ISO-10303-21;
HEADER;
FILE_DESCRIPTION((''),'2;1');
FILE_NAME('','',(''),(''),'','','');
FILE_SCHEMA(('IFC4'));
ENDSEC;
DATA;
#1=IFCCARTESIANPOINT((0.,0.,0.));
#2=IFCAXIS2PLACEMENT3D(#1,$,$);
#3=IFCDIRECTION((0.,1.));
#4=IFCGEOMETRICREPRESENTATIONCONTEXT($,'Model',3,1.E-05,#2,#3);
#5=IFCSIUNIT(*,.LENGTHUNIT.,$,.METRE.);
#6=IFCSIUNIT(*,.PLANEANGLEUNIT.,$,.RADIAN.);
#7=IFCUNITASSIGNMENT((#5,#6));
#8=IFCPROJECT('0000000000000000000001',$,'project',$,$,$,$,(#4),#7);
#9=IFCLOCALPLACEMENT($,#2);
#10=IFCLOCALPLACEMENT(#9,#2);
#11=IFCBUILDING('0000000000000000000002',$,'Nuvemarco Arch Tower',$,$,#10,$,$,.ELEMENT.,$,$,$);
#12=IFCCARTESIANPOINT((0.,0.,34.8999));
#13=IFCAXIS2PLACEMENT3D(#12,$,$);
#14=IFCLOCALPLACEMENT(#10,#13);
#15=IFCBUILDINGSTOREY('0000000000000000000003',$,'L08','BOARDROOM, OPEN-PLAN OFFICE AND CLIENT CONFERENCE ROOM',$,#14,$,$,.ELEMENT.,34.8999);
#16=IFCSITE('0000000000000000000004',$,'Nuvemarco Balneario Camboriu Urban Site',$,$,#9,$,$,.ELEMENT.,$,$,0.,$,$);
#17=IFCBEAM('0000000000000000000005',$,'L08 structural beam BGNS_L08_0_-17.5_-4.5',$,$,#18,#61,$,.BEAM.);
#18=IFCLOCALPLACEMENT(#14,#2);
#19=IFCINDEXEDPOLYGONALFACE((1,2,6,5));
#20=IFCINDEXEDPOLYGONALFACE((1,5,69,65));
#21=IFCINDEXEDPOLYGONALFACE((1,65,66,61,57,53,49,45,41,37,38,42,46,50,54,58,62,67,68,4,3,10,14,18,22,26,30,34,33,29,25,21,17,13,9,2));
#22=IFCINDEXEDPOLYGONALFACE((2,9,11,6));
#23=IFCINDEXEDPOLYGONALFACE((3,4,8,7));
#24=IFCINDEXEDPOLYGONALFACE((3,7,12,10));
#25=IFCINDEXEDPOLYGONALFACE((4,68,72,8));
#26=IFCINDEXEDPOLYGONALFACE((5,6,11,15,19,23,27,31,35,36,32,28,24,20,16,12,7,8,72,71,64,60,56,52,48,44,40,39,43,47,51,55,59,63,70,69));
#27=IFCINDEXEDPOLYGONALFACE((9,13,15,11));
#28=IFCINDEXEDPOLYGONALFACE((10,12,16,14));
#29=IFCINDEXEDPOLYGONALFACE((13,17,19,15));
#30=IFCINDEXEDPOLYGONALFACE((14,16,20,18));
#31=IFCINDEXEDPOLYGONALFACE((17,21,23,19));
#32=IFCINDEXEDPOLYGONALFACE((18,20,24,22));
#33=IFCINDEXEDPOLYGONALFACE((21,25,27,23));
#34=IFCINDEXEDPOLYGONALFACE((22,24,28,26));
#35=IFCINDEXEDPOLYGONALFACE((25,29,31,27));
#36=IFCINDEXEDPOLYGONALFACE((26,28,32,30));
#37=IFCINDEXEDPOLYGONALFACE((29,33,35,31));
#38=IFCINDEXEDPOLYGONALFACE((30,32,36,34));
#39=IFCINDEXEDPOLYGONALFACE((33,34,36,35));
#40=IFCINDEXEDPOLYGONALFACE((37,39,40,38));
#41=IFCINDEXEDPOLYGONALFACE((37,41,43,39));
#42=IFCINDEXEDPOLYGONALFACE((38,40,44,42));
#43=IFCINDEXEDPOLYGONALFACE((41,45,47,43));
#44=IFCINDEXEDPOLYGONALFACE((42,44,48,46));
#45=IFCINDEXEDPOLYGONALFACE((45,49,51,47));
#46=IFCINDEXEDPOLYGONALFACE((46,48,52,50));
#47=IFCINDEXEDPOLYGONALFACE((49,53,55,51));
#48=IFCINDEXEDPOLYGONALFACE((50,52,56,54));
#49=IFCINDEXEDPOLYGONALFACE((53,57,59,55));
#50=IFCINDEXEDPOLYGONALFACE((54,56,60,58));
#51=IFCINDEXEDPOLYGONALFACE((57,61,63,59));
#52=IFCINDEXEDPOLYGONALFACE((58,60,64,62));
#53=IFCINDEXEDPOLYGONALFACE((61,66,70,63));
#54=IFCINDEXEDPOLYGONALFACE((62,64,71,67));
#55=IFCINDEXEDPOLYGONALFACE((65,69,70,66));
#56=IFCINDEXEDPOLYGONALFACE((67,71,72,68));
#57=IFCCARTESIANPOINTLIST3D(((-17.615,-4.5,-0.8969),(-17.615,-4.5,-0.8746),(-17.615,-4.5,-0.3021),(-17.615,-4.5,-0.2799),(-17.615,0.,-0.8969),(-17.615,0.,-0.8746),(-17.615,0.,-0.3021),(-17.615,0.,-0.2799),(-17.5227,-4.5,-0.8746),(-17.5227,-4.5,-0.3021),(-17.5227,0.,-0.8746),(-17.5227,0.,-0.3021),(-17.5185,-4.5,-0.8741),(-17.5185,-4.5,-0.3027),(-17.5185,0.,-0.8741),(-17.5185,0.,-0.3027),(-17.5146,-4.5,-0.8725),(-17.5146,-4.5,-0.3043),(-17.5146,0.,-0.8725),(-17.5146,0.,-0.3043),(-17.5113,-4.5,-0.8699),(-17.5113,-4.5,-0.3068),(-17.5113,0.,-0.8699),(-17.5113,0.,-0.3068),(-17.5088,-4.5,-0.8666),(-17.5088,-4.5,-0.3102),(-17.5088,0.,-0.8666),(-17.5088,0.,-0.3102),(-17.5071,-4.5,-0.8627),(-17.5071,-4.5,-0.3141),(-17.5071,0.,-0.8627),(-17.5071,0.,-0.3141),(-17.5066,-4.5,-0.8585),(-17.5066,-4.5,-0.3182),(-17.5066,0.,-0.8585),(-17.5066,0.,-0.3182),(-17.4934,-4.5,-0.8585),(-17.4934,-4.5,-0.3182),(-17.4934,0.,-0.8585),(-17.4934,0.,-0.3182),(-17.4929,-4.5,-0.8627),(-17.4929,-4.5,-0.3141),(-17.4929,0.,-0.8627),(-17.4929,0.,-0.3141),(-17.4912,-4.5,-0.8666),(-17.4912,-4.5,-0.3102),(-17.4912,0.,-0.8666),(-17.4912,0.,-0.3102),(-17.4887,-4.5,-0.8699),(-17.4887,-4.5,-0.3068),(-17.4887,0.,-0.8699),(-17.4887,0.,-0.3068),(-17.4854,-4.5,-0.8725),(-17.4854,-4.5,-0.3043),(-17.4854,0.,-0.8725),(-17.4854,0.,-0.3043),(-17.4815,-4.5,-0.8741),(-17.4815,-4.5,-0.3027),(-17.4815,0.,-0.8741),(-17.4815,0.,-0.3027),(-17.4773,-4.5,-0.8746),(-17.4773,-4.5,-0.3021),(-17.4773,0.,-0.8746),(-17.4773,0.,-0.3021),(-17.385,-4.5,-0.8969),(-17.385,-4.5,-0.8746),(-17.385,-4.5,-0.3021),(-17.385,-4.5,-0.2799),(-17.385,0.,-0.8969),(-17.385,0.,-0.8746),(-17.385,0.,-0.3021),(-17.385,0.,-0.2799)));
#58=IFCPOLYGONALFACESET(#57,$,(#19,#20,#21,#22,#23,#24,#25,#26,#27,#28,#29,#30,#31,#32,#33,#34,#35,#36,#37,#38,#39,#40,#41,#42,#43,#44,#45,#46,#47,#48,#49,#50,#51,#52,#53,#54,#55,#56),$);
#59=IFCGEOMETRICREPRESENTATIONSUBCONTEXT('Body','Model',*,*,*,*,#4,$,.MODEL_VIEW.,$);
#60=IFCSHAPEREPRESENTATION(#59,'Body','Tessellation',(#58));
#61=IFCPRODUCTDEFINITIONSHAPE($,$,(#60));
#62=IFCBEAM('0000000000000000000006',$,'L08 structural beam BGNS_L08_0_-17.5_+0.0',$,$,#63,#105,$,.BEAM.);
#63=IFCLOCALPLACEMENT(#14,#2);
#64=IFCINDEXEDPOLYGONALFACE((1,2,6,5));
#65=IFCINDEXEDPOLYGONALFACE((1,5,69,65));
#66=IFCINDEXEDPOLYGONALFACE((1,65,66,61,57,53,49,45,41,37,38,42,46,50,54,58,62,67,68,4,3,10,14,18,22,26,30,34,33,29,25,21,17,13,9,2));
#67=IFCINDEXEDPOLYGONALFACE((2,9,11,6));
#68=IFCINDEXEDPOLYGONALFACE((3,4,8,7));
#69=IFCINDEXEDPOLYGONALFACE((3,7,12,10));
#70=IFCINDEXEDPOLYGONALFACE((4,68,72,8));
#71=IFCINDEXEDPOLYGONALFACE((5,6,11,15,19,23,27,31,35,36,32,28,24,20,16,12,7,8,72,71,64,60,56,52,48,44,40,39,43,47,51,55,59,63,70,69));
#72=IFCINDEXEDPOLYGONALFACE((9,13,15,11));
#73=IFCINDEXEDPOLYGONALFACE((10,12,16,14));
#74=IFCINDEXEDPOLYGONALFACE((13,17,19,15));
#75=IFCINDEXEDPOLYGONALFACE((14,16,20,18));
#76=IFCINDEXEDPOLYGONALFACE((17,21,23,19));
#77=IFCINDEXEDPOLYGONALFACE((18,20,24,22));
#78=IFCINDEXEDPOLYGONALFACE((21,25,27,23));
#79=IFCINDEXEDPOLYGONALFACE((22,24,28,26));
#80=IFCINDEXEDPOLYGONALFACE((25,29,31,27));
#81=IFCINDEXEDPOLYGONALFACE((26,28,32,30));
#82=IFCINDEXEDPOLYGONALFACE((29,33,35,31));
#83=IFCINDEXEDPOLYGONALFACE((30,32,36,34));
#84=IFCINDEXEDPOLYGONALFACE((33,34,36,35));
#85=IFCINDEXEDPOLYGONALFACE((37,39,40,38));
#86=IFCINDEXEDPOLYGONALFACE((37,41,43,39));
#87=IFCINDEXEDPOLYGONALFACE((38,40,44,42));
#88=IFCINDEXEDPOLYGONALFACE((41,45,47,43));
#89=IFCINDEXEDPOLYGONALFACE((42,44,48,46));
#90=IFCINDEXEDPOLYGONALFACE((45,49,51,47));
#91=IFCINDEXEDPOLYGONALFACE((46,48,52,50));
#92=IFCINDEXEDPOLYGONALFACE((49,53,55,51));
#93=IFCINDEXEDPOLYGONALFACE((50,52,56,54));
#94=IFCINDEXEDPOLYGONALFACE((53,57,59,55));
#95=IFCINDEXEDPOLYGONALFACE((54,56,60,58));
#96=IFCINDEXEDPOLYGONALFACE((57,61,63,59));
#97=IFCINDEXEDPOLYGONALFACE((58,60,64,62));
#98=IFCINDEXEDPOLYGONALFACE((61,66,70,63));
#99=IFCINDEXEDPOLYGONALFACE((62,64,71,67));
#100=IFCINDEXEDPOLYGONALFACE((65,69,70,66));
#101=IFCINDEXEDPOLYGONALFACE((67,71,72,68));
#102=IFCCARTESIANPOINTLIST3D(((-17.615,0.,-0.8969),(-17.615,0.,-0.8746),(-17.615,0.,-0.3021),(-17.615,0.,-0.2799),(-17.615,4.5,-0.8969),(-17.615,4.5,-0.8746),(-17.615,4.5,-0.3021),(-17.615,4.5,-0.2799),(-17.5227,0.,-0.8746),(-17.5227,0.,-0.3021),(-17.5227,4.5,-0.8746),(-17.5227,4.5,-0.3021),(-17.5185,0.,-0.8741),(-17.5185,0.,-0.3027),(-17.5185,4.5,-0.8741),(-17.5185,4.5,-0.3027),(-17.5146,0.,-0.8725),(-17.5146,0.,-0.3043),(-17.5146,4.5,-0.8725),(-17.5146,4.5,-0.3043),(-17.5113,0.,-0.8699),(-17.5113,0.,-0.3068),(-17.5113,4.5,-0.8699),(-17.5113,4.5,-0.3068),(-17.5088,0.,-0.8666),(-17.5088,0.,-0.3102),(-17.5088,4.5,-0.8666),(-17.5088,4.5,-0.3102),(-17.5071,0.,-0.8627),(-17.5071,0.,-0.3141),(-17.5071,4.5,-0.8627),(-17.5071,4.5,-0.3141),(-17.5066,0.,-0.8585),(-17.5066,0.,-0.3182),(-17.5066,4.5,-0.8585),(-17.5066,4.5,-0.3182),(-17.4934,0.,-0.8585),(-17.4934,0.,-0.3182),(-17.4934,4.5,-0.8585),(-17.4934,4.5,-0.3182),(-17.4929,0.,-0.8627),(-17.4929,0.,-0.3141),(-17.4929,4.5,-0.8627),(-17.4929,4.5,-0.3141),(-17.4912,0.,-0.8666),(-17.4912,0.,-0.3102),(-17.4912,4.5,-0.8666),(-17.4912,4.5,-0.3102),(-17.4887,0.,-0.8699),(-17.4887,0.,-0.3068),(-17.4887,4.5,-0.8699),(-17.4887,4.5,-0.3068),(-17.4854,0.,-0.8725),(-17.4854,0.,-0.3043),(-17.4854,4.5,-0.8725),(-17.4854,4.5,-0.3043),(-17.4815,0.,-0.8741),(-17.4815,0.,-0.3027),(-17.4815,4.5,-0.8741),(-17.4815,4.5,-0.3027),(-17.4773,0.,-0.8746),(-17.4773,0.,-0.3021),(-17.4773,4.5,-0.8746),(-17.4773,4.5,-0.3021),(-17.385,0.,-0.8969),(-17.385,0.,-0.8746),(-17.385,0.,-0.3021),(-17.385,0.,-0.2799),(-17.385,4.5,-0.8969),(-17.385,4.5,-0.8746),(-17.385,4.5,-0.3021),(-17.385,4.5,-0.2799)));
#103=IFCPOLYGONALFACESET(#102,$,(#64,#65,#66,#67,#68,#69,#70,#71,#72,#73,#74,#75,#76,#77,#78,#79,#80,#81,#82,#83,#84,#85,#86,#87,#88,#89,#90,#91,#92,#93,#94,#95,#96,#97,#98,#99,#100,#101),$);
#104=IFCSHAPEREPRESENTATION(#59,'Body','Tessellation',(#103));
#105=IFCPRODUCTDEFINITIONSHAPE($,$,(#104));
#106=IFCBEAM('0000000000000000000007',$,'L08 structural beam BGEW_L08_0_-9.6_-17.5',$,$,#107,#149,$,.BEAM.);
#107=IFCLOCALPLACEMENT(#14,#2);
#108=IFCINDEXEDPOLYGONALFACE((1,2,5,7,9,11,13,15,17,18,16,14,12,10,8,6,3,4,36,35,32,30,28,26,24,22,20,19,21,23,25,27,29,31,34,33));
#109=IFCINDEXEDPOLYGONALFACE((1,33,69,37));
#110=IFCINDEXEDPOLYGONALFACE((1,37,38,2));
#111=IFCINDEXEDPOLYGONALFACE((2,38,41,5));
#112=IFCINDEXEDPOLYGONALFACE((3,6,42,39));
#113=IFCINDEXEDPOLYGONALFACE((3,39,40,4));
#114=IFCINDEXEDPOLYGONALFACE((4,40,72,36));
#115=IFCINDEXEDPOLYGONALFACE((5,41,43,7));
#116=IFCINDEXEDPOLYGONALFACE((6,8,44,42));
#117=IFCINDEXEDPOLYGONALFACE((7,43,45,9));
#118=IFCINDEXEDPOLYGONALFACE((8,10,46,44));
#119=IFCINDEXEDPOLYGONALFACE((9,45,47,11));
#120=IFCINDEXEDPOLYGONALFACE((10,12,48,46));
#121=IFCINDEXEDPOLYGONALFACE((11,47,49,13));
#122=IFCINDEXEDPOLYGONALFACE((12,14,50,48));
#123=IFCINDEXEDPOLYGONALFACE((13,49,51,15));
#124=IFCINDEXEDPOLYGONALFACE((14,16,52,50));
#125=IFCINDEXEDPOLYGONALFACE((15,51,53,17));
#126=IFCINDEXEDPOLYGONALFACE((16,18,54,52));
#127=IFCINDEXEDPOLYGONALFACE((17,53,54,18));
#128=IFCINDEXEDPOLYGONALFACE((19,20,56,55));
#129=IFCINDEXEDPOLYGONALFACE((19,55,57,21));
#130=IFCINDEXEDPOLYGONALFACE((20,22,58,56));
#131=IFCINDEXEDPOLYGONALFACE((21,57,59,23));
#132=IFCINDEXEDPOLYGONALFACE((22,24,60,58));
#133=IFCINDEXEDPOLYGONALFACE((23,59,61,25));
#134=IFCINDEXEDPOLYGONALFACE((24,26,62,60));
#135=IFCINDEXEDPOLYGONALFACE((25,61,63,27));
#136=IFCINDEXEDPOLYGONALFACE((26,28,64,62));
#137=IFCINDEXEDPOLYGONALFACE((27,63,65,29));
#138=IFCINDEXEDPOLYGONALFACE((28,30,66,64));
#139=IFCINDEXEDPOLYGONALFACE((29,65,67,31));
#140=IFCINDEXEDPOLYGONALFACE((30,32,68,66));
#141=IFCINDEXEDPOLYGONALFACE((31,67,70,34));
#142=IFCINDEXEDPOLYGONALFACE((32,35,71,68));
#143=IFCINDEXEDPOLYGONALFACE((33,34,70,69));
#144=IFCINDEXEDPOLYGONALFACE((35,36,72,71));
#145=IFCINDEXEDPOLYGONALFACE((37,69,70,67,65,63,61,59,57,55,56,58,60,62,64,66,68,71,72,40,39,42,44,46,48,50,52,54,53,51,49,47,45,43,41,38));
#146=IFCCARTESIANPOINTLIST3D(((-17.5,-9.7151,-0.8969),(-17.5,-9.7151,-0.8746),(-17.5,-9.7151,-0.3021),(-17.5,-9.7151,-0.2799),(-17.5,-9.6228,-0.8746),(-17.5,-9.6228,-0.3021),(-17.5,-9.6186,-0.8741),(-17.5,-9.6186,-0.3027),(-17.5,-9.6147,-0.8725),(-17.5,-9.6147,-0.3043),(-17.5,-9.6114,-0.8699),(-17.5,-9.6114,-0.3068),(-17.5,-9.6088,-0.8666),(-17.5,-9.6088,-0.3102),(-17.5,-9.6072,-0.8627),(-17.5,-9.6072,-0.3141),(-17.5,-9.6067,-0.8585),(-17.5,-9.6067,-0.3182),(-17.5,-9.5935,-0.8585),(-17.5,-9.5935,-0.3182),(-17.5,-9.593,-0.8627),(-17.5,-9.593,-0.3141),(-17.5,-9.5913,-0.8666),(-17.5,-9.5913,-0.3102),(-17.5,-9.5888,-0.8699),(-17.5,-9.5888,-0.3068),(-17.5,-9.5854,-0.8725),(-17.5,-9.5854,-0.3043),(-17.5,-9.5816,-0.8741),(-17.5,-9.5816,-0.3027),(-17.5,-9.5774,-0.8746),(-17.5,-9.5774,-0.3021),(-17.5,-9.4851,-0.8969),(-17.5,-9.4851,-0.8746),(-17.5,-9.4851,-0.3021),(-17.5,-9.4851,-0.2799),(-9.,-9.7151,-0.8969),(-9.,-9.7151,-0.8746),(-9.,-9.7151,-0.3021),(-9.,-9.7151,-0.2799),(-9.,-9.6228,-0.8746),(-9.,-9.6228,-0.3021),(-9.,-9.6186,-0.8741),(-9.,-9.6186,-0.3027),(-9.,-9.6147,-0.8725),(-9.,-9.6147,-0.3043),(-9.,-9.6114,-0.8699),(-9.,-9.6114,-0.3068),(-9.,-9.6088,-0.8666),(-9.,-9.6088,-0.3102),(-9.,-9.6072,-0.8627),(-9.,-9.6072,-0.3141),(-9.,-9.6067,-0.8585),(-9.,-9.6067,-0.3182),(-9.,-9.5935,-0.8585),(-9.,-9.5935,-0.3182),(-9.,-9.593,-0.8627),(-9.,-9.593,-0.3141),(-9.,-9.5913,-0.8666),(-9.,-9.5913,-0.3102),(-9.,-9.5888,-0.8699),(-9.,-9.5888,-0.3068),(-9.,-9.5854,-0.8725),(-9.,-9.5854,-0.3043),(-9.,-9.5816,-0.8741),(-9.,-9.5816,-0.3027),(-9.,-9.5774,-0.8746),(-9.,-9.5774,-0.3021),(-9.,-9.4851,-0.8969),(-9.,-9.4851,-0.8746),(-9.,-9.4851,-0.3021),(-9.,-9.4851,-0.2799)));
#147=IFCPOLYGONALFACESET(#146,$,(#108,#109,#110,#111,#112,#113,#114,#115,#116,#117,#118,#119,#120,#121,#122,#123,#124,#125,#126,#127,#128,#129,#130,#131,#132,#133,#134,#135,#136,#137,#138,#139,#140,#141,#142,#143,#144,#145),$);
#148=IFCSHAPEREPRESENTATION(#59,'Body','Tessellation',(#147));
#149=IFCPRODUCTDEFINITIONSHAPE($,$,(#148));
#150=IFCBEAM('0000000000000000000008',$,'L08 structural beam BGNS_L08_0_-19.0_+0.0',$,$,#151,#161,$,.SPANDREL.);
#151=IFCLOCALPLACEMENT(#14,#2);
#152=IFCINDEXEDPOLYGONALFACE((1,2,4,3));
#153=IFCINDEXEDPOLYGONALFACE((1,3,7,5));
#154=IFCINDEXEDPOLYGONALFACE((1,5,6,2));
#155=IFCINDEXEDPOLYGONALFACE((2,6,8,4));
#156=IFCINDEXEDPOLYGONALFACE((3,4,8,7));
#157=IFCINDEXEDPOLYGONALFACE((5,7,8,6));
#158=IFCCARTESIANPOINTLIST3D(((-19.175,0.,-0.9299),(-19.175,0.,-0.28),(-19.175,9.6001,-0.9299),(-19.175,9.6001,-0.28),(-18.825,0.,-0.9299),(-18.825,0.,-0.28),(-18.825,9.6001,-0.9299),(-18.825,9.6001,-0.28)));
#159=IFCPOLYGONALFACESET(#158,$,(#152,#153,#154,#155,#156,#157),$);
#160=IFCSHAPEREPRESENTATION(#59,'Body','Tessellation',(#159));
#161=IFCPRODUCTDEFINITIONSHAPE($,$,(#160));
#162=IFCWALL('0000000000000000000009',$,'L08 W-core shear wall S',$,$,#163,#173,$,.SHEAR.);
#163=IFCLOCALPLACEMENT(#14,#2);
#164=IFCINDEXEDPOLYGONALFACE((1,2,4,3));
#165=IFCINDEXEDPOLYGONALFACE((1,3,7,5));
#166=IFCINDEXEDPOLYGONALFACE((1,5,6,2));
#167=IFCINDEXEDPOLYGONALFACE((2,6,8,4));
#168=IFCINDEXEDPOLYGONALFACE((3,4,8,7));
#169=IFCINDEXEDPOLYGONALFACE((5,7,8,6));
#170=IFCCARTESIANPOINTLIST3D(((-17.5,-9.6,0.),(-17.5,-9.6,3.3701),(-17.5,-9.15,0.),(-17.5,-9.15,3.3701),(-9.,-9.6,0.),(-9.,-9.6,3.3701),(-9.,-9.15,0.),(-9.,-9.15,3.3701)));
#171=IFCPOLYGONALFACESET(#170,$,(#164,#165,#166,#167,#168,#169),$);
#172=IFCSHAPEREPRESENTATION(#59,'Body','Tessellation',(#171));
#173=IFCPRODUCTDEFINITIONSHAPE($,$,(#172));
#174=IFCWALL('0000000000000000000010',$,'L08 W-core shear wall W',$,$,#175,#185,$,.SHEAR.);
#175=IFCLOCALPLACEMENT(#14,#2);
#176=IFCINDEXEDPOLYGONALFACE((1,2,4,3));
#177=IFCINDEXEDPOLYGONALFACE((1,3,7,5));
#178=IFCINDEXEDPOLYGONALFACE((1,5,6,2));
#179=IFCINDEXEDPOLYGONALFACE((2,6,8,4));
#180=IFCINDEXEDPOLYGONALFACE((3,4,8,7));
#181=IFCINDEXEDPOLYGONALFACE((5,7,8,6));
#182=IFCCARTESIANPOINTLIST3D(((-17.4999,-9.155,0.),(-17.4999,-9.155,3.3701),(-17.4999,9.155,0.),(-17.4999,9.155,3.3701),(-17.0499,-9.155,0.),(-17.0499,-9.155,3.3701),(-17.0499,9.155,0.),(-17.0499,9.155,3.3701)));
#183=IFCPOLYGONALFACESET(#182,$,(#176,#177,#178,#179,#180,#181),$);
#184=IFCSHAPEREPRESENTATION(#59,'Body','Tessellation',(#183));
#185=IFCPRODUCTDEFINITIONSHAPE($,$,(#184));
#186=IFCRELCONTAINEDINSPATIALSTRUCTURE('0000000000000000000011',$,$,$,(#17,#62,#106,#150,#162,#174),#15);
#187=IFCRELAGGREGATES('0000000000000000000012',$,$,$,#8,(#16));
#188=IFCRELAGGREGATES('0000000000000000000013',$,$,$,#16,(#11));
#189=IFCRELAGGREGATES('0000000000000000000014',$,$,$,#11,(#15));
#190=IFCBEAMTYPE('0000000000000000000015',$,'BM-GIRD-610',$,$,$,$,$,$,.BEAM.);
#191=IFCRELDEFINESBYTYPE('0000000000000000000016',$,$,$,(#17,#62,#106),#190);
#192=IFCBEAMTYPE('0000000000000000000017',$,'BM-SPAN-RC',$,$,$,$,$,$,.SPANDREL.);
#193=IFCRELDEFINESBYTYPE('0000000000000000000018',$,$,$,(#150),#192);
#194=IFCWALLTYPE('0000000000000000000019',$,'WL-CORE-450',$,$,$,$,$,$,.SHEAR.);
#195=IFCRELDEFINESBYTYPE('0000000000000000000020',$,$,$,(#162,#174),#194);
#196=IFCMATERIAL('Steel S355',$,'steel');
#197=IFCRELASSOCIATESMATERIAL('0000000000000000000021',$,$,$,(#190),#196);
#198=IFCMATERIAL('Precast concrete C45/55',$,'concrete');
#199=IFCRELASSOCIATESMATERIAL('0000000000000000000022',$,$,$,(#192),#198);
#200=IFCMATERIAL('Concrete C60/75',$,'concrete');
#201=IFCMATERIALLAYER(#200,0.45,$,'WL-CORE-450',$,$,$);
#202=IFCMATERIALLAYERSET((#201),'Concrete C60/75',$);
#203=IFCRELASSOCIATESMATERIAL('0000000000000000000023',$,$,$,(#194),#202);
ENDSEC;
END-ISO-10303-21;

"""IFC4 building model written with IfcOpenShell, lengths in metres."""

from ifc_helpers import new_model, si_unit, direction, frame, frame_2d, origin, origin_2d, place, context, subcontext, project, spatial, rectangle, i_section, extrude, material, layer, layer_set, material_profile, profile_set, type_object, element, save


model = new_model("IFC4")

# Units and contexts
model_context = context("Model", 3, precision=1e-05, world=origin(), true_north=direction((0.0, 1.0)))
body_context = subcontext(model_context, "Body", "Model", "MODEL_VIEW")
ifc_project = project(units=[si_unit("LENGTHUNIT", "METRE"), si_unit("PLANEANGLEUNIT", "RADIAN")], contexts=[model_context])

# Site, building, storey
site_placement = place(None, origin())
site = spatial("IfcSite", under=ifc_project, at=site_placement, Name="Nuvemarco Balneario Camboriu Urban Site", CompositionType="ELEMENT", RefElevation=0.0)
building_placement = place(site_placement, origin())
building = spatial("IfcBuilding", under=site, at=building_placement, Name="Nuvemarco Arch Tower", CompositionType="ELEMENT")
storey_placement = place(building_placement, frame((0.0, 0.0, 34.8999)))
storey = spatial("IfcBuildingStorey", under=building, at=storey_placement, Name="L08", Description="BOARDROOM, OPEN-PLAN OFFICE AND CLIENT CONFERENCE ROOM", CompositionType="ELEMENT", Elevation=34.8999)

# Shared definitions
ifc_material_1 = material(Name="Concrete C60/75", Category="concrete")

# Beams
ifc_material_2 = material(Name="Steel S355", Category="steel")
ifc_material_profile_1 = material_profile(ifc_material_2, i_section(OverallWidth=0.23, OverallDepth=0.6169, WebThickness=0.0132, FlangeThickness=0.0222, FilletRadius=0.0161, at=origin_2d()), Name="W610x140")
ifc_profile_set_1 = profile_set([ifc_material_profile_1], Name="Steel S355")
beam_type_1 = type_object("IfcBeamType", Name="BM-GIRD-610", PredefinedType="BEAM", material=ifc_profile_set_1)
for number, where, z_axis, x_axis, name in (
    (1, (-17.5, -4.5, -0.5884), (0.0, 1.0, 0.0), (-1.0, 0.0, 0.0), "L08 structural beam BGNS_L08_0_-17.5_-4.5"),
    (2, (-17.5, 0.0, -0.5884), (0.0, 1.0, 0.0), (-1.0, 0.0, 0.0), "L08 structural beam BGNS_L08_0_-17.5_+0.0"),
):
    element("IfcBeam", number, at=place(storey_placement, frame(where, z_axis=z_axis, x_axis=x_axis)), inside=storey, type_object=beam_type_1, Name=name, PredefinedType="BEAM", context=body_context, shape_type="SweptSolid", body=[
        extrude(i_section(OverallWidth=0.23, OverallDepth=0.6169, WebThickness=0.0132, FlangeThickness=0.0222, FilletRadius=0.0161, at=origin_2d()), origin(), (0.0, 0.0, 1.0), 4.5),
    ])
beam_1_placement = place(storey_placement, frame((-17.5, -9.6001, -0.5884), z_axis=(1.0, 0.0, 0.0), x_axis=(0.0, 1.0, 0.0)))
element("IfcBeam", 3, at=beam_1_placement, inside=storey, type_object=beam_type_1, Name="L08 structural beam BGEW_L08_0_-9.6_-17.5", PredefinedType="BEAM", context=body_context, shape_type="SweptSolid", body=[
    extrude(i_section(OverallWidth=0.23, OverallDepth=0.6169, WebThickness=0.0132, FlangeThickness=0.0222, FilletRadius=0.0161, at=origin_2d()), origin(), (0.0, 0.0, 1.0), 8.5),
])
ifc_material_3 = material(Name="Precast concrete C45/55", Category="concrete")
ifc_material_profile_2 = material_profile(ifc_material_3, rectangle(XDim=0.3501, YDim=0.6499, at=origin_2d()), Name="PC-SP-350x650")
ifc_profile_set_2 = profile_set([ifc_material_profile_2], Name="Precast concrete C45/55")
beam_type_2 = type_object("IfcBeamType", Name="BM-SPAN-RC", PredefinedType="SPANDREL", material=ifc_profile_set_2)
beam_2_placement = place(storey_placement, frame((-19.0, 0.0, -0.605), z_axis=(0.0, 1.0, 0.0), x_axis=(-1.0, 0.0, 0.0)))
element("IfcBeam", 4, at=beam_2_placement, inside=storey, type_object=beam_type_2, Name="L08 structural beam BGNS_L08_0_-19.0_+0.0", PredefinedType="SPANDREL", context=body_context, shape_type="SweptSolid", body=[
    extrude(rectangle(XDim=0.3501, YDim=0.6499, at=origin_2d()), origin(), (0.0, 0.0, 1.0), 9.6001),
])

# Walls
ifc_layer_1 = layer(ifc_material_1, 0.45, Name="WL-CORE-450")
ifc_layer_set_1 = layer_set([ifc_layer_1], Name="Concrete C60/75")
wall_type_1 = type_object("IfcWallType", Name="WL-CORE-450", PredefinedType="SHEAR", material=ifc_layer_set_1)
wall_1_placement = place(storey_placement, frame((-17.5, -9.375, 0.0), z_axis=(0.0, 0.0, 1.0), x_axis=(1.0, 0.0, 0.0)))
element("IfcWall", 5, at=wall_1_placement, inside=storey, type_object=wall_type_1, Name="L08 W-core shear wall S", PredefinedType="SHEAR", context=body_context, shape_type="SweptSolid", body=[
    extrude(rectangle(XDim=8.5, YDim=0.45, at=frame_2d((4.25, 0.0))), origin(), (0.0, 0.0, 1.0), 3.3701),
])
wall_2_placement = place(storey_placement, frame((-17.2749, -9.155, 0.0), z_axis=(0.0, 0.0, 1.0), x_axis=(0.0, 1.0, 0.0)))
element("IfcWall", 6, at=wall_2_placement, inside=storey, type_object=wall_type_1, Name="L08 W-core shear wall W", PredefinedType="SHEAR", context=body_context, shape_type="SweptSolid", body=[
    extrude(rectangle(XDim=18.3101, YDim=0.45, at=frame_2d((9.155, 0.0))), origin(), (0.0, 0.0, 1.0), 3.3701),
])

save(model, "model.ifc")
